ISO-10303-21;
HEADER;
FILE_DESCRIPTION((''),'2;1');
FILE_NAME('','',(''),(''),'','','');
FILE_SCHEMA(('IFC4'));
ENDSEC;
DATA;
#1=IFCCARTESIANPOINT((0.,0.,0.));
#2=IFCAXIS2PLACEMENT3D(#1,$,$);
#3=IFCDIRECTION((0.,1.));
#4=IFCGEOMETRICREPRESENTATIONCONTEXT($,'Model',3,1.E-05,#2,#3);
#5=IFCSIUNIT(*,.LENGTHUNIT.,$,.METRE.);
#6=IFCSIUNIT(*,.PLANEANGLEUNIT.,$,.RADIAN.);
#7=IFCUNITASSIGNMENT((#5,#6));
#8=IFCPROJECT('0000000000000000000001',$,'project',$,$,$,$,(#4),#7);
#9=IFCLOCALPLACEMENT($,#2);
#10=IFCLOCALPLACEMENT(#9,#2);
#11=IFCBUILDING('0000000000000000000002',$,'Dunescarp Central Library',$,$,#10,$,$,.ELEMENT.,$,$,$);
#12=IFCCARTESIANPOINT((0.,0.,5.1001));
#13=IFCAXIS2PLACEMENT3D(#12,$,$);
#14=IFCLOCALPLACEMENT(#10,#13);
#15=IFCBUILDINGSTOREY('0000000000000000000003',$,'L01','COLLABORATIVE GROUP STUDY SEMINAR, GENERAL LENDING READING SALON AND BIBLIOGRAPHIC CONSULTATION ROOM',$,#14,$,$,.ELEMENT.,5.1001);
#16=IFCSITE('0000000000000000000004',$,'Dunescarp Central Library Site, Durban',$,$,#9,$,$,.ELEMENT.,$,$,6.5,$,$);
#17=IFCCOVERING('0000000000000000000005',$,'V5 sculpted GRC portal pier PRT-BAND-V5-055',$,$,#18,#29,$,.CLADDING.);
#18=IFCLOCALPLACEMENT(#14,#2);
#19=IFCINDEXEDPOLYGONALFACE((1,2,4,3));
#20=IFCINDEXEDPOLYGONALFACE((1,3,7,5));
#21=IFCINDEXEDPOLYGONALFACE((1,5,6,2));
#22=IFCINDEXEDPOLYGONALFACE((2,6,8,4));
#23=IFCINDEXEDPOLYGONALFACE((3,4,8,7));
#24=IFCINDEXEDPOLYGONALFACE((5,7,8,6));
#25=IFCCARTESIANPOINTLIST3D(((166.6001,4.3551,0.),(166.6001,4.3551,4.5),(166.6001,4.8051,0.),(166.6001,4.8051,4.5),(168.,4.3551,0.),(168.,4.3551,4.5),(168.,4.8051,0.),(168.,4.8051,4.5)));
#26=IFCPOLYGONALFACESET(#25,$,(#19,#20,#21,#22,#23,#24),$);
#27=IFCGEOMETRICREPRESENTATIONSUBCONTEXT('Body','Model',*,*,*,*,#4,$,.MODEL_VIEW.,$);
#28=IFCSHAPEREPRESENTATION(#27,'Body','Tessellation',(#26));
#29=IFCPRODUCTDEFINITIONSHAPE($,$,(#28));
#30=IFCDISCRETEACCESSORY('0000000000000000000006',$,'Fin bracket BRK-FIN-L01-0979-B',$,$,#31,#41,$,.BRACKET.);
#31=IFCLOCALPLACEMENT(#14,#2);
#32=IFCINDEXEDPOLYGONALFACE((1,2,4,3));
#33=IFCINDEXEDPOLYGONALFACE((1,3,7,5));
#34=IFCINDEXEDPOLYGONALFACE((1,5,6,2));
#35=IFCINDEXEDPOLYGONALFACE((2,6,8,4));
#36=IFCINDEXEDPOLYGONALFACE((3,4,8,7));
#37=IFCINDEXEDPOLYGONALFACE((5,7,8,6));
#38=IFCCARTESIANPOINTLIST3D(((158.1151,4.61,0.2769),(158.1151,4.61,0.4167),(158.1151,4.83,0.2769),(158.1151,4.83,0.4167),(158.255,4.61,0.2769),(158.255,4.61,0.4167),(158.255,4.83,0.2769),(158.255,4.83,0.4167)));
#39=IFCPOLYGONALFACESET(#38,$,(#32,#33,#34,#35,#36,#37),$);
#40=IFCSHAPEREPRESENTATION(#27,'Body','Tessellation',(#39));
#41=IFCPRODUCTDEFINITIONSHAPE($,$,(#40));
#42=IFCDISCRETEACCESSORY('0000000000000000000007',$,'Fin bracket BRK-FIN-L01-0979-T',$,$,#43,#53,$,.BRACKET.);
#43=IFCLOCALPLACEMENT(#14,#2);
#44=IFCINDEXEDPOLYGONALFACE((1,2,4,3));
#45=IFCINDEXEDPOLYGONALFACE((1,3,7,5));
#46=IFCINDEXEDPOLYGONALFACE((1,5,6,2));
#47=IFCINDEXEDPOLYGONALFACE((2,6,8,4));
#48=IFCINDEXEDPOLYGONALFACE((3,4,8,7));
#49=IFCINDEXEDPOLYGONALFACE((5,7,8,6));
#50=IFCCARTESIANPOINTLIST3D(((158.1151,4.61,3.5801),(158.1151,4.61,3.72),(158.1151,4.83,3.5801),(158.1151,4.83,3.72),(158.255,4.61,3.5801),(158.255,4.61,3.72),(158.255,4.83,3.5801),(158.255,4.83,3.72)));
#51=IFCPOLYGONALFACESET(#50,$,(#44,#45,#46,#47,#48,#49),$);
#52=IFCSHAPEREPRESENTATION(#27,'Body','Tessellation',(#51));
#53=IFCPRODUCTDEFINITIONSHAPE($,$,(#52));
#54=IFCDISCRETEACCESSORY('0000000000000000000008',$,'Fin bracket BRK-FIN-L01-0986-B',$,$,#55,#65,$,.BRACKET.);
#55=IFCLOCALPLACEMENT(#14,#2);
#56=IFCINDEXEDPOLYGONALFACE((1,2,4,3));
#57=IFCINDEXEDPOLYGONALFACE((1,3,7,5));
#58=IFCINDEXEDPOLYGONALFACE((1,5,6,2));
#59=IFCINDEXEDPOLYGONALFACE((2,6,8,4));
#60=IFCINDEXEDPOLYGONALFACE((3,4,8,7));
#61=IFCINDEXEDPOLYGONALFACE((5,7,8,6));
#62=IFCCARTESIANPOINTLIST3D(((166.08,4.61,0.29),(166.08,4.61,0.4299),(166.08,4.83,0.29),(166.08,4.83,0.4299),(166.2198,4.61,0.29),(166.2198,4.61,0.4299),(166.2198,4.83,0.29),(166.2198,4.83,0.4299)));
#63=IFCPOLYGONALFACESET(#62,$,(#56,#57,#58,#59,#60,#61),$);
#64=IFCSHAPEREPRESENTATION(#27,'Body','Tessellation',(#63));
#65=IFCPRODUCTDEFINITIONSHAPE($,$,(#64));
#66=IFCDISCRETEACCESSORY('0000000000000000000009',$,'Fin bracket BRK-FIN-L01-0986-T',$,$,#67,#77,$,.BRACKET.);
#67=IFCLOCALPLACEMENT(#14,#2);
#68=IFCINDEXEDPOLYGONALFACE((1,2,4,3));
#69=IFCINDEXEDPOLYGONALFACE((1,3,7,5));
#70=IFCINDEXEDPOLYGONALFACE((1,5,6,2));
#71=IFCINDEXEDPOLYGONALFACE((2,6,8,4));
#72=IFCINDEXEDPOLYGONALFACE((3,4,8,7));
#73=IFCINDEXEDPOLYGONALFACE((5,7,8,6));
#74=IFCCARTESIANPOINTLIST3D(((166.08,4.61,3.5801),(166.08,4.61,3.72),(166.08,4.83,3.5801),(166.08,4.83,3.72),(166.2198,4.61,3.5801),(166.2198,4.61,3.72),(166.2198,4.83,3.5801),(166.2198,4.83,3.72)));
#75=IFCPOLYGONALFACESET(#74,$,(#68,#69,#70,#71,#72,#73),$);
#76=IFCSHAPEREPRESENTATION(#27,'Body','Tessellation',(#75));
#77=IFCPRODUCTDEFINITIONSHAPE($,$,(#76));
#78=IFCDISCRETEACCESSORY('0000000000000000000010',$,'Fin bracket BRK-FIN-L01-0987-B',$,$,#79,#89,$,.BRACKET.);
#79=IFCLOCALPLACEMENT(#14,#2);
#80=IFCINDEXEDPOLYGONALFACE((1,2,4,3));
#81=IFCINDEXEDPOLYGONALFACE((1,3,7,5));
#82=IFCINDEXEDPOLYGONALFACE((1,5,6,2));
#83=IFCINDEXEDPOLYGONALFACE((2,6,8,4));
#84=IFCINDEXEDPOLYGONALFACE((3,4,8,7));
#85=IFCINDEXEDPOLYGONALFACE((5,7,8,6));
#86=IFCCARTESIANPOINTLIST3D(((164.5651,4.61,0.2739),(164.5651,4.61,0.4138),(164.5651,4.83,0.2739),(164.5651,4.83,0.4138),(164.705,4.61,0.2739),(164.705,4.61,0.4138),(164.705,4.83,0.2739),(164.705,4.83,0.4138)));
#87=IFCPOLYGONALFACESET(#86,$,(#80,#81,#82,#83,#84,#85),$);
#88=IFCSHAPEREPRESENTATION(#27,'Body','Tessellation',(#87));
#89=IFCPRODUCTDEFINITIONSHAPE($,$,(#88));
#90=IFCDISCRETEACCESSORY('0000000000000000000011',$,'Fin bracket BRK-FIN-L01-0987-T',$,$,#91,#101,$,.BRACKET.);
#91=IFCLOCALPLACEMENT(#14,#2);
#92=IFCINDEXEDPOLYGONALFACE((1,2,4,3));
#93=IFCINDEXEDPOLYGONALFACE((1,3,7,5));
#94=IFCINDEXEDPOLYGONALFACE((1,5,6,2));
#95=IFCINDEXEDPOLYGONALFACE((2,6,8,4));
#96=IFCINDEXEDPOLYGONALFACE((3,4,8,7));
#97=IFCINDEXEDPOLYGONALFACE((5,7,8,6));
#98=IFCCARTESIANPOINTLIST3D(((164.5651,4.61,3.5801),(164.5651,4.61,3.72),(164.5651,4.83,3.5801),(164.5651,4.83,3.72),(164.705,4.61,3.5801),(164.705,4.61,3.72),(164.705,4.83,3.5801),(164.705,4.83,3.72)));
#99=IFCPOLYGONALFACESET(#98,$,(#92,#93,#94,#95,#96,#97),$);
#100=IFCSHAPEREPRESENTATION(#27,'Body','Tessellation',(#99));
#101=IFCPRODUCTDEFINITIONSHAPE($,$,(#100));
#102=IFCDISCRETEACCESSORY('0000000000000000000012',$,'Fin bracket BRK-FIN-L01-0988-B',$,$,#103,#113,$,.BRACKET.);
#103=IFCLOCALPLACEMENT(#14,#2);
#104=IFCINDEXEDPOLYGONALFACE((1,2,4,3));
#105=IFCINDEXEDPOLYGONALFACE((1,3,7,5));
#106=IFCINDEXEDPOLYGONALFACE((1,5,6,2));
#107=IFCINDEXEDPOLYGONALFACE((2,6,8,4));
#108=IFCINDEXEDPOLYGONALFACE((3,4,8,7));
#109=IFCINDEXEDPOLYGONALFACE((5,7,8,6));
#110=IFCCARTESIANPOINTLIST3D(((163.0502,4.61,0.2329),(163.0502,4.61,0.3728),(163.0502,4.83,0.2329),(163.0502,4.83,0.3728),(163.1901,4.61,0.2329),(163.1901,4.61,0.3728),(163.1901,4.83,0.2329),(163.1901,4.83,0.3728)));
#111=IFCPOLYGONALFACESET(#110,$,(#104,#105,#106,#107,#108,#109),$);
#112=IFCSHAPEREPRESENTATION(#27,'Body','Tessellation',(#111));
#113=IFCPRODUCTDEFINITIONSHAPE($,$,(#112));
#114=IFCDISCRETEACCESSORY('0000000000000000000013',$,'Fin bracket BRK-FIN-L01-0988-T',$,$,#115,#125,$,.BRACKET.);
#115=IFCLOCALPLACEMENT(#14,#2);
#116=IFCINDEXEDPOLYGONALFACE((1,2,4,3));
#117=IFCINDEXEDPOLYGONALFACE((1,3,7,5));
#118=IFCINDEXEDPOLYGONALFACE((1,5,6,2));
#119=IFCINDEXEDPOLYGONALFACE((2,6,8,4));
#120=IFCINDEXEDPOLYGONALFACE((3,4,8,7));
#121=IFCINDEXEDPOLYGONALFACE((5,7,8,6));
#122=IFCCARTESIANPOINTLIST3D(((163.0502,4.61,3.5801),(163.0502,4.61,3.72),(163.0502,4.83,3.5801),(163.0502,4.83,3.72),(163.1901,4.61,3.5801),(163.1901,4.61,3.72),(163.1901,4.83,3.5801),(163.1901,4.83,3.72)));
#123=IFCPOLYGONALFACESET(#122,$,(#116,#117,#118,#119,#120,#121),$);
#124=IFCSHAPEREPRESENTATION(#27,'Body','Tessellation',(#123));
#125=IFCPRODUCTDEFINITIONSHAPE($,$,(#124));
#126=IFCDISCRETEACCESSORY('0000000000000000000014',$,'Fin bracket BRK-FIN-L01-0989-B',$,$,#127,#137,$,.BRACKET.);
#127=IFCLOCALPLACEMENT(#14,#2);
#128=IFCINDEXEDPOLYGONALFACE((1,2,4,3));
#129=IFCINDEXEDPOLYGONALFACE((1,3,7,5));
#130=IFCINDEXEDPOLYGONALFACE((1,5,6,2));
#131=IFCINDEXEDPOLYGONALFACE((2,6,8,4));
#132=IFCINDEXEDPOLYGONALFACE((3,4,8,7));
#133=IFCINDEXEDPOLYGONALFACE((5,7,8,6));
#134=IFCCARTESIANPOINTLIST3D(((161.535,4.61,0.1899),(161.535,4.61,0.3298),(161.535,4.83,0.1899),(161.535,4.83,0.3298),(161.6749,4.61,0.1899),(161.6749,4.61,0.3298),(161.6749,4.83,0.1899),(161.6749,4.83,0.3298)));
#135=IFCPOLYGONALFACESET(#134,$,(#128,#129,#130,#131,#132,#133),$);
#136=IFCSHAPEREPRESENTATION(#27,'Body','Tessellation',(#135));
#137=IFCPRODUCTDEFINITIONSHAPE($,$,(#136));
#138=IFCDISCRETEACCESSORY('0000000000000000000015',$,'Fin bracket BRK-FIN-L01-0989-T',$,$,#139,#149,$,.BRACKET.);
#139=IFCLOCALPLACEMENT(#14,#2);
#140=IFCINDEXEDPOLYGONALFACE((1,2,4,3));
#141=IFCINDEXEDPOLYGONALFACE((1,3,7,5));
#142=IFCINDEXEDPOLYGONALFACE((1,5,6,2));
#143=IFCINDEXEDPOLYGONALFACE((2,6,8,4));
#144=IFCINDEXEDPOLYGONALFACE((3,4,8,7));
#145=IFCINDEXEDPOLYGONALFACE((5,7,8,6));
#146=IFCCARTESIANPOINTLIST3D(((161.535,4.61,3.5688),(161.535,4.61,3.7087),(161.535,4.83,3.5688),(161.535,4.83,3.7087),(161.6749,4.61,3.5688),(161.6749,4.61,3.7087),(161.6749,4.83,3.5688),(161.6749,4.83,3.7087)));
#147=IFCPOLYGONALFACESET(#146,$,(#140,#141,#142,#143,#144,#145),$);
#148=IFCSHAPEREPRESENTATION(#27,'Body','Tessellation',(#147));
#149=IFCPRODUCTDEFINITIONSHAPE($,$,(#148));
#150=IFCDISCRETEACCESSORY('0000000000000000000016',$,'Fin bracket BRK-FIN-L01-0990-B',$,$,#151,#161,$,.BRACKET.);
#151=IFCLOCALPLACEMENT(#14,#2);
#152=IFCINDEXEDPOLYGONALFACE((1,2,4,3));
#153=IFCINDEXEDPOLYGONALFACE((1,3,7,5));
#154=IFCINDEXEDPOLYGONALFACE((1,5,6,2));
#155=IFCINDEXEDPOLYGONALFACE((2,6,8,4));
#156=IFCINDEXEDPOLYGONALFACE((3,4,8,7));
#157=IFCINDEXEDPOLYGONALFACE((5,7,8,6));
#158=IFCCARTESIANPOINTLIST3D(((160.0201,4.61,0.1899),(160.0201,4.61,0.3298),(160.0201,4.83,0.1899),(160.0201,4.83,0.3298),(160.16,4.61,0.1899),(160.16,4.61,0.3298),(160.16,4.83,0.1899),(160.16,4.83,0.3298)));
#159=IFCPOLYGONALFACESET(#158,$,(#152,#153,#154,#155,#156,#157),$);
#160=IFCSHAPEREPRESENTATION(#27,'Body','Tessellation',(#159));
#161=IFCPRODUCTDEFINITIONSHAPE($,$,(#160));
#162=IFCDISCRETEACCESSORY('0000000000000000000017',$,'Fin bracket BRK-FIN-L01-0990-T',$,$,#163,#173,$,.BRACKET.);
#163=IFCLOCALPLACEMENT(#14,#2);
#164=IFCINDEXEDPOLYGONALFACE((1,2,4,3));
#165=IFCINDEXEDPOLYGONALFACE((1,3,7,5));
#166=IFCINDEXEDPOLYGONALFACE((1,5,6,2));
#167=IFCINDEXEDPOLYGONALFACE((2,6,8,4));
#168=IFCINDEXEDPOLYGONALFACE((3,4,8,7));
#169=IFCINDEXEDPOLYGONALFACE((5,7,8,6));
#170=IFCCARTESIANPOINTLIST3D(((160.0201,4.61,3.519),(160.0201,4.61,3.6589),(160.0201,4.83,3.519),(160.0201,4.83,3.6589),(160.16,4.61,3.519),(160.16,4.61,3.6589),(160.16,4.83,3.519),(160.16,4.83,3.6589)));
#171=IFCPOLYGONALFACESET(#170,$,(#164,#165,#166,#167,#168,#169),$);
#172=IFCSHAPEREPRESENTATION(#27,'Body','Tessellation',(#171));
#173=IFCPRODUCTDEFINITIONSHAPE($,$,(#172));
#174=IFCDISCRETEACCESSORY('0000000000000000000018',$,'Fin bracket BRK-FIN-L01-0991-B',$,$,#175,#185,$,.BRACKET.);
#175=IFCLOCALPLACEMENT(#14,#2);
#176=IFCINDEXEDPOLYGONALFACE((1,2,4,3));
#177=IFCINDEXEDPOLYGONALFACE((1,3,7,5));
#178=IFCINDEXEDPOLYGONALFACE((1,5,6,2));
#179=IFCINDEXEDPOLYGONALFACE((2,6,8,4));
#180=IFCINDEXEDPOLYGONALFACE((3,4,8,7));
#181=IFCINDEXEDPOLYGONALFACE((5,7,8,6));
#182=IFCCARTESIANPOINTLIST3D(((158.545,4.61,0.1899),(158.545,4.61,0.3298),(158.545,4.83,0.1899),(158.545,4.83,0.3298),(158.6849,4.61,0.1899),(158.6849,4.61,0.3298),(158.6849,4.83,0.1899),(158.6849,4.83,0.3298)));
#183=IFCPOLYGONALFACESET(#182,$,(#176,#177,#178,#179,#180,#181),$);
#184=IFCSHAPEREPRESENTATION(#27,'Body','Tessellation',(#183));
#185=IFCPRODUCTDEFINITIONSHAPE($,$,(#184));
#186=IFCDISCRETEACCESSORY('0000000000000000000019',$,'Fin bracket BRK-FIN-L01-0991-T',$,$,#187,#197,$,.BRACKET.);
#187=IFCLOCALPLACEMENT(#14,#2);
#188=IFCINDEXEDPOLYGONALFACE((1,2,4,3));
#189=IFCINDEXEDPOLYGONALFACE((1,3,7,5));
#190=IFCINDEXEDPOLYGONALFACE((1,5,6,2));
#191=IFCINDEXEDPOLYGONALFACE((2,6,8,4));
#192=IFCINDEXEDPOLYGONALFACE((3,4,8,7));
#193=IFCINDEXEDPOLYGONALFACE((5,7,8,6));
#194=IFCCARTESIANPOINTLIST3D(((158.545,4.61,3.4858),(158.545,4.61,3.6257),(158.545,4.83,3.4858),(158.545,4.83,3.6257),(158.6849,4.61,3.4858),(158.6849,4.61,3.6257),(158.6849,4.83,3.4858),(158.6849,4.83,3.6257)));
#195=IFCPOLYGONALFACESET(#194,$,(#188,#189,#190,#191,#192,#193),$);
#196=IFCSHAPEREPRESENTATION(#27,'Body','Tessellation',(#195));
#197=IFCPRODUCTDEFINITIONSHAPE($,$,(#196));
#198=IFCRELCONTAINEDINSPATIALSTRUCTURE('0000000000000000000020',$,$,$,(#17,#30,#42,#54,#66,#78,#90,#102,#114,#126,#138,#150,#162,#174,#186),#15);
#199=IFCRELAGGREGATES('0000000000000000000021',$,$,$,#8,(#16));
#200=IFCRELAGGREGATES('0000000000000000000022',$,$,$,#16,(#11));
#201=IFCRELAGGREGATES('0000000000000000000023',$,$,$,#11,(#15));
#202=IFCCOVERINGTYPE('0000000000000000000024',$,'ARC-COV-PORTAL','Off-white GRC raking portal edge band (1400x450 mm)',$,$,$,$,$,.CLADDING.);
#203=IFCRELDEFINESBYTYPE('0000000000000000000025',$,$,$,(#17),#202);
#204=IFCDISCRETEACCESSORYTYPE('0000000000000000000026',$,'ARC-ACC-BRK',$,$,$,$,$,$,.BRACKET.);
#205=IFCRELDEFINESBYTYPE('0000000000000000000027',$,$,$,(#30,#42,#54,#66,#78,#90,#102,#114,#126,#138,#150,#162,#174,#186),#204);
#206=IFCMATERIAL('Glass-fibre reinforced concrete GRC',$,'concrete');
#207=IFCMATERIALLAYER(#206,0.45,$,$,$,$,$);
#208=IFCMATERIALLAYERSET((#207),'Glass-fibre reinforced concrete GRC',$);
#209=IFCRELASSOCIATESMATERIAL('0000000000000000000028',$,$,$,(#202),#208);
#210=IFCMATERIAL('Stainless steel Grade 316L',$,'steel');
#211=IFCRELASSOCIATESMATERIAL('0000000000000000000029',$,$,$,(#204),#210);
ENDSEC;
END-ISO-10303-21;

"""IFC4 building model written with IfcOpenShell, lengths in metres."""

from ifc_helpers import new_model, si_unit, direction, frame, origin, origin_2d, place, context, subcontext, project, spatial, rectangle, extrude, material, layer, layer_set, type_object, element, save


model = new_model("IFC4")

# Units and contexts
model_context = context("Model", 3, precision=1e-05, world=origin(), true_north=direction((0.0, 1.0)))
body_context = subcontext(model_context, "Body", "Model", "MODEL_VIEW")
ifc_project = project(units=[si_unit("LENGTHUNIT", "METRE"), si_unit("PLANEANGLEUNIT", "RADIAN")], contexts=[model_context])

# Site, building, storey
site_placement = place(None, origin())
site = spatial("IfcSite", under=ifc_project, at=site_placement, Name="Dunescarp Central Library Site, Durban", CompositionType="ELEMENT", RefElevation=6.5)
building_placement = place(site_placement, origin())
building = spatial("IfcBuilding", under=site, at=building_placement, Name="Dunescarp Central Library", CompositionType="ELEMENT")
storey_placement = place(building_placement, frame((0.0, 0.0, 5.1001)))
storey = spatial("IfcBuildingStorey", under=building, at=storey_placement, Name="L01", Description="COLLABORATIVE GROUP STUDY SEMINAR, GENERAL LENDING READING SALON AND BIBLIOGRAPHIC CONSULTATION ROOM", CompositionType="ELEMENT", Elevation=5.1001)

# Covering
ifc_material_1 = material(Name="Glass-fibre reinforced concrete GRC", Category="concrete")
ifc_layer_1 = layer(ifc_material_1, 0.45)
ifc_layer_set_1 = layer_set([ifc_layer_1], Name="Glass-fibre reinforced concrete GRC")
covering_type_1 = type_object("IfcCoveringType", Name="ARC-COV-PORTAL", Description="Off-white GRC raking portal edge band (1400x450 mm)", PredefinedType="CLADDING", material=ifc_layer_set_1)
covering_1_placement = place(storey_placement, frame((167.3, 4.5801, 0.0), z_axis=(0.0, 0.0, 1.0), x_axis=(1.0, 0.0, 0.0)))
element("IfcCovering", 1, at=covering_1_placement, inside=storey, type_object=covering_type_1, Name="V5 sculpted GRC portal pier PRT-BAND-V5-055", PredefinedType="CLADDING", context=body_context, shape_type="SweptSolid", body=[
    extrude(rectangle(XDim=1.3999, YDim=0.45, at=origin_2d()), origin(), (0.0, 0.0, 1.0), 4.5),
])

# Discrete accessories
ifc_material_2 = material(Name="Stainless steel Grade 316L", Category="steel")
discrete_accessory_type = type_object("IfcDiscreteAccessoryType", Name="ARC-ACC-BRK", PredefinedType="BRACKET", material=ifc_material_2)
for number, where, z_axis, x_axis, name in (
    (2, (158.1851, 4.72, 0.2769), (0.0, 0.0, 1.0), (0.0, -1.0, 0.0), "Fin bracket BRK-FIN-L01-0979-B"),
    (3, (158.1851, 4.72, 3.5801), (0.0, 0.0, 1.0), (0.0, -1.0, 0.0), "Fin bracket BRK-FIN-L01-0979-T"),
    (4, (166.1499, 4.72, 0.29), (0.0, 0.0, 1.0), (0.0, -1.0, 0.0), "Fin bracket BRK-FIN-L01-0986-B"),
    (5, (166.1499, 4.72, 3.5801), (0.0, 0.0, 1.0), (0.0, -1.0, 0.0), "Fin bracket BRK-FIN-L01-0986-T"),
    (6, (164.635, 4.72, 0.2739), (0.0, 0.0, 1.0), (0.0, -1.0, 0.0), "Fin bracket BRK-FIN-L01-0987-B"),
    (7, (164.635, 4.72, 3.5801), (0.0, 0.0, 1.0), (0.0, -1.0, 0.0), "Fin bracket BRK-FIN-L01-0987-T"),
    (8, (163.1201, 4.72, 0.2329), (0.0, 0.0, 1.0), (0.0, -1.0, 0.0), "Fin bracket BRK-FIN-L01-0988-B"),
    (9, (163.1201, 4.72, 3.5801), (0.0, 0.0, 1.0), (0.0, -1.0, 0.0), "Fin bracket BRK-FIN-L01-0988-T"),
    (10, (161.605, 4.72, 0.1899), (0.0, 0.0, 1.0), (0.0, -1.0, 0.0), "Fin bracket BRK-FIN-L01-0989-B"),
    (11, (161.605, 4.72, 3.5688), (0.0, 0.0, 1.0), (0.0, -1.0, 0.0), "Fin bracket BRK-FIN-L01-0989-T"),
    (12, (160.0901, 4.72, 0.1899), (0.0, 0.0, 1.0), (0.0, -1.0, 0.0), "Fin bracket BRK-FIN-L01-0990-B"),
    (13, (160.0901, 4.72, 3.519), (0.0, 0.0, 1.0), (0.0, -1.0, 0.0), "Fin bracket BRK-FIN-L01-0990-T"),
    (14, (158.615, 4.72, 0.1899), (0.0, 0.0, 1.0), (0.0, -1.0, 0.0), "Fin bracket BRK-FIN-L01-0991-B"),
    (15, (158.615, 4.72, 3.4858), (0.0, 0.0, 1.0), (0.0, -1.0, 0.0), "Fin bracket BRK-FIN-L01-0991-T"),
):
    element("IfcDiscreteAccessory", number, at=place(storey_placement, frame(where, z_axis=z_axis, x_axis=x_axis)), inside=storey, type_object=discrete_accessory_type, Name=name, PredefinedType="BRACKET", context=body_context, shape_type="SweptSolid", body=[
        extrude(rectangle(XDim=0.22, YDim=0.1399, at=origin_2d()), origin(), (0.0, 0.0, 1.0), 0.1399),
    ])

save(model, "model.ifc")
